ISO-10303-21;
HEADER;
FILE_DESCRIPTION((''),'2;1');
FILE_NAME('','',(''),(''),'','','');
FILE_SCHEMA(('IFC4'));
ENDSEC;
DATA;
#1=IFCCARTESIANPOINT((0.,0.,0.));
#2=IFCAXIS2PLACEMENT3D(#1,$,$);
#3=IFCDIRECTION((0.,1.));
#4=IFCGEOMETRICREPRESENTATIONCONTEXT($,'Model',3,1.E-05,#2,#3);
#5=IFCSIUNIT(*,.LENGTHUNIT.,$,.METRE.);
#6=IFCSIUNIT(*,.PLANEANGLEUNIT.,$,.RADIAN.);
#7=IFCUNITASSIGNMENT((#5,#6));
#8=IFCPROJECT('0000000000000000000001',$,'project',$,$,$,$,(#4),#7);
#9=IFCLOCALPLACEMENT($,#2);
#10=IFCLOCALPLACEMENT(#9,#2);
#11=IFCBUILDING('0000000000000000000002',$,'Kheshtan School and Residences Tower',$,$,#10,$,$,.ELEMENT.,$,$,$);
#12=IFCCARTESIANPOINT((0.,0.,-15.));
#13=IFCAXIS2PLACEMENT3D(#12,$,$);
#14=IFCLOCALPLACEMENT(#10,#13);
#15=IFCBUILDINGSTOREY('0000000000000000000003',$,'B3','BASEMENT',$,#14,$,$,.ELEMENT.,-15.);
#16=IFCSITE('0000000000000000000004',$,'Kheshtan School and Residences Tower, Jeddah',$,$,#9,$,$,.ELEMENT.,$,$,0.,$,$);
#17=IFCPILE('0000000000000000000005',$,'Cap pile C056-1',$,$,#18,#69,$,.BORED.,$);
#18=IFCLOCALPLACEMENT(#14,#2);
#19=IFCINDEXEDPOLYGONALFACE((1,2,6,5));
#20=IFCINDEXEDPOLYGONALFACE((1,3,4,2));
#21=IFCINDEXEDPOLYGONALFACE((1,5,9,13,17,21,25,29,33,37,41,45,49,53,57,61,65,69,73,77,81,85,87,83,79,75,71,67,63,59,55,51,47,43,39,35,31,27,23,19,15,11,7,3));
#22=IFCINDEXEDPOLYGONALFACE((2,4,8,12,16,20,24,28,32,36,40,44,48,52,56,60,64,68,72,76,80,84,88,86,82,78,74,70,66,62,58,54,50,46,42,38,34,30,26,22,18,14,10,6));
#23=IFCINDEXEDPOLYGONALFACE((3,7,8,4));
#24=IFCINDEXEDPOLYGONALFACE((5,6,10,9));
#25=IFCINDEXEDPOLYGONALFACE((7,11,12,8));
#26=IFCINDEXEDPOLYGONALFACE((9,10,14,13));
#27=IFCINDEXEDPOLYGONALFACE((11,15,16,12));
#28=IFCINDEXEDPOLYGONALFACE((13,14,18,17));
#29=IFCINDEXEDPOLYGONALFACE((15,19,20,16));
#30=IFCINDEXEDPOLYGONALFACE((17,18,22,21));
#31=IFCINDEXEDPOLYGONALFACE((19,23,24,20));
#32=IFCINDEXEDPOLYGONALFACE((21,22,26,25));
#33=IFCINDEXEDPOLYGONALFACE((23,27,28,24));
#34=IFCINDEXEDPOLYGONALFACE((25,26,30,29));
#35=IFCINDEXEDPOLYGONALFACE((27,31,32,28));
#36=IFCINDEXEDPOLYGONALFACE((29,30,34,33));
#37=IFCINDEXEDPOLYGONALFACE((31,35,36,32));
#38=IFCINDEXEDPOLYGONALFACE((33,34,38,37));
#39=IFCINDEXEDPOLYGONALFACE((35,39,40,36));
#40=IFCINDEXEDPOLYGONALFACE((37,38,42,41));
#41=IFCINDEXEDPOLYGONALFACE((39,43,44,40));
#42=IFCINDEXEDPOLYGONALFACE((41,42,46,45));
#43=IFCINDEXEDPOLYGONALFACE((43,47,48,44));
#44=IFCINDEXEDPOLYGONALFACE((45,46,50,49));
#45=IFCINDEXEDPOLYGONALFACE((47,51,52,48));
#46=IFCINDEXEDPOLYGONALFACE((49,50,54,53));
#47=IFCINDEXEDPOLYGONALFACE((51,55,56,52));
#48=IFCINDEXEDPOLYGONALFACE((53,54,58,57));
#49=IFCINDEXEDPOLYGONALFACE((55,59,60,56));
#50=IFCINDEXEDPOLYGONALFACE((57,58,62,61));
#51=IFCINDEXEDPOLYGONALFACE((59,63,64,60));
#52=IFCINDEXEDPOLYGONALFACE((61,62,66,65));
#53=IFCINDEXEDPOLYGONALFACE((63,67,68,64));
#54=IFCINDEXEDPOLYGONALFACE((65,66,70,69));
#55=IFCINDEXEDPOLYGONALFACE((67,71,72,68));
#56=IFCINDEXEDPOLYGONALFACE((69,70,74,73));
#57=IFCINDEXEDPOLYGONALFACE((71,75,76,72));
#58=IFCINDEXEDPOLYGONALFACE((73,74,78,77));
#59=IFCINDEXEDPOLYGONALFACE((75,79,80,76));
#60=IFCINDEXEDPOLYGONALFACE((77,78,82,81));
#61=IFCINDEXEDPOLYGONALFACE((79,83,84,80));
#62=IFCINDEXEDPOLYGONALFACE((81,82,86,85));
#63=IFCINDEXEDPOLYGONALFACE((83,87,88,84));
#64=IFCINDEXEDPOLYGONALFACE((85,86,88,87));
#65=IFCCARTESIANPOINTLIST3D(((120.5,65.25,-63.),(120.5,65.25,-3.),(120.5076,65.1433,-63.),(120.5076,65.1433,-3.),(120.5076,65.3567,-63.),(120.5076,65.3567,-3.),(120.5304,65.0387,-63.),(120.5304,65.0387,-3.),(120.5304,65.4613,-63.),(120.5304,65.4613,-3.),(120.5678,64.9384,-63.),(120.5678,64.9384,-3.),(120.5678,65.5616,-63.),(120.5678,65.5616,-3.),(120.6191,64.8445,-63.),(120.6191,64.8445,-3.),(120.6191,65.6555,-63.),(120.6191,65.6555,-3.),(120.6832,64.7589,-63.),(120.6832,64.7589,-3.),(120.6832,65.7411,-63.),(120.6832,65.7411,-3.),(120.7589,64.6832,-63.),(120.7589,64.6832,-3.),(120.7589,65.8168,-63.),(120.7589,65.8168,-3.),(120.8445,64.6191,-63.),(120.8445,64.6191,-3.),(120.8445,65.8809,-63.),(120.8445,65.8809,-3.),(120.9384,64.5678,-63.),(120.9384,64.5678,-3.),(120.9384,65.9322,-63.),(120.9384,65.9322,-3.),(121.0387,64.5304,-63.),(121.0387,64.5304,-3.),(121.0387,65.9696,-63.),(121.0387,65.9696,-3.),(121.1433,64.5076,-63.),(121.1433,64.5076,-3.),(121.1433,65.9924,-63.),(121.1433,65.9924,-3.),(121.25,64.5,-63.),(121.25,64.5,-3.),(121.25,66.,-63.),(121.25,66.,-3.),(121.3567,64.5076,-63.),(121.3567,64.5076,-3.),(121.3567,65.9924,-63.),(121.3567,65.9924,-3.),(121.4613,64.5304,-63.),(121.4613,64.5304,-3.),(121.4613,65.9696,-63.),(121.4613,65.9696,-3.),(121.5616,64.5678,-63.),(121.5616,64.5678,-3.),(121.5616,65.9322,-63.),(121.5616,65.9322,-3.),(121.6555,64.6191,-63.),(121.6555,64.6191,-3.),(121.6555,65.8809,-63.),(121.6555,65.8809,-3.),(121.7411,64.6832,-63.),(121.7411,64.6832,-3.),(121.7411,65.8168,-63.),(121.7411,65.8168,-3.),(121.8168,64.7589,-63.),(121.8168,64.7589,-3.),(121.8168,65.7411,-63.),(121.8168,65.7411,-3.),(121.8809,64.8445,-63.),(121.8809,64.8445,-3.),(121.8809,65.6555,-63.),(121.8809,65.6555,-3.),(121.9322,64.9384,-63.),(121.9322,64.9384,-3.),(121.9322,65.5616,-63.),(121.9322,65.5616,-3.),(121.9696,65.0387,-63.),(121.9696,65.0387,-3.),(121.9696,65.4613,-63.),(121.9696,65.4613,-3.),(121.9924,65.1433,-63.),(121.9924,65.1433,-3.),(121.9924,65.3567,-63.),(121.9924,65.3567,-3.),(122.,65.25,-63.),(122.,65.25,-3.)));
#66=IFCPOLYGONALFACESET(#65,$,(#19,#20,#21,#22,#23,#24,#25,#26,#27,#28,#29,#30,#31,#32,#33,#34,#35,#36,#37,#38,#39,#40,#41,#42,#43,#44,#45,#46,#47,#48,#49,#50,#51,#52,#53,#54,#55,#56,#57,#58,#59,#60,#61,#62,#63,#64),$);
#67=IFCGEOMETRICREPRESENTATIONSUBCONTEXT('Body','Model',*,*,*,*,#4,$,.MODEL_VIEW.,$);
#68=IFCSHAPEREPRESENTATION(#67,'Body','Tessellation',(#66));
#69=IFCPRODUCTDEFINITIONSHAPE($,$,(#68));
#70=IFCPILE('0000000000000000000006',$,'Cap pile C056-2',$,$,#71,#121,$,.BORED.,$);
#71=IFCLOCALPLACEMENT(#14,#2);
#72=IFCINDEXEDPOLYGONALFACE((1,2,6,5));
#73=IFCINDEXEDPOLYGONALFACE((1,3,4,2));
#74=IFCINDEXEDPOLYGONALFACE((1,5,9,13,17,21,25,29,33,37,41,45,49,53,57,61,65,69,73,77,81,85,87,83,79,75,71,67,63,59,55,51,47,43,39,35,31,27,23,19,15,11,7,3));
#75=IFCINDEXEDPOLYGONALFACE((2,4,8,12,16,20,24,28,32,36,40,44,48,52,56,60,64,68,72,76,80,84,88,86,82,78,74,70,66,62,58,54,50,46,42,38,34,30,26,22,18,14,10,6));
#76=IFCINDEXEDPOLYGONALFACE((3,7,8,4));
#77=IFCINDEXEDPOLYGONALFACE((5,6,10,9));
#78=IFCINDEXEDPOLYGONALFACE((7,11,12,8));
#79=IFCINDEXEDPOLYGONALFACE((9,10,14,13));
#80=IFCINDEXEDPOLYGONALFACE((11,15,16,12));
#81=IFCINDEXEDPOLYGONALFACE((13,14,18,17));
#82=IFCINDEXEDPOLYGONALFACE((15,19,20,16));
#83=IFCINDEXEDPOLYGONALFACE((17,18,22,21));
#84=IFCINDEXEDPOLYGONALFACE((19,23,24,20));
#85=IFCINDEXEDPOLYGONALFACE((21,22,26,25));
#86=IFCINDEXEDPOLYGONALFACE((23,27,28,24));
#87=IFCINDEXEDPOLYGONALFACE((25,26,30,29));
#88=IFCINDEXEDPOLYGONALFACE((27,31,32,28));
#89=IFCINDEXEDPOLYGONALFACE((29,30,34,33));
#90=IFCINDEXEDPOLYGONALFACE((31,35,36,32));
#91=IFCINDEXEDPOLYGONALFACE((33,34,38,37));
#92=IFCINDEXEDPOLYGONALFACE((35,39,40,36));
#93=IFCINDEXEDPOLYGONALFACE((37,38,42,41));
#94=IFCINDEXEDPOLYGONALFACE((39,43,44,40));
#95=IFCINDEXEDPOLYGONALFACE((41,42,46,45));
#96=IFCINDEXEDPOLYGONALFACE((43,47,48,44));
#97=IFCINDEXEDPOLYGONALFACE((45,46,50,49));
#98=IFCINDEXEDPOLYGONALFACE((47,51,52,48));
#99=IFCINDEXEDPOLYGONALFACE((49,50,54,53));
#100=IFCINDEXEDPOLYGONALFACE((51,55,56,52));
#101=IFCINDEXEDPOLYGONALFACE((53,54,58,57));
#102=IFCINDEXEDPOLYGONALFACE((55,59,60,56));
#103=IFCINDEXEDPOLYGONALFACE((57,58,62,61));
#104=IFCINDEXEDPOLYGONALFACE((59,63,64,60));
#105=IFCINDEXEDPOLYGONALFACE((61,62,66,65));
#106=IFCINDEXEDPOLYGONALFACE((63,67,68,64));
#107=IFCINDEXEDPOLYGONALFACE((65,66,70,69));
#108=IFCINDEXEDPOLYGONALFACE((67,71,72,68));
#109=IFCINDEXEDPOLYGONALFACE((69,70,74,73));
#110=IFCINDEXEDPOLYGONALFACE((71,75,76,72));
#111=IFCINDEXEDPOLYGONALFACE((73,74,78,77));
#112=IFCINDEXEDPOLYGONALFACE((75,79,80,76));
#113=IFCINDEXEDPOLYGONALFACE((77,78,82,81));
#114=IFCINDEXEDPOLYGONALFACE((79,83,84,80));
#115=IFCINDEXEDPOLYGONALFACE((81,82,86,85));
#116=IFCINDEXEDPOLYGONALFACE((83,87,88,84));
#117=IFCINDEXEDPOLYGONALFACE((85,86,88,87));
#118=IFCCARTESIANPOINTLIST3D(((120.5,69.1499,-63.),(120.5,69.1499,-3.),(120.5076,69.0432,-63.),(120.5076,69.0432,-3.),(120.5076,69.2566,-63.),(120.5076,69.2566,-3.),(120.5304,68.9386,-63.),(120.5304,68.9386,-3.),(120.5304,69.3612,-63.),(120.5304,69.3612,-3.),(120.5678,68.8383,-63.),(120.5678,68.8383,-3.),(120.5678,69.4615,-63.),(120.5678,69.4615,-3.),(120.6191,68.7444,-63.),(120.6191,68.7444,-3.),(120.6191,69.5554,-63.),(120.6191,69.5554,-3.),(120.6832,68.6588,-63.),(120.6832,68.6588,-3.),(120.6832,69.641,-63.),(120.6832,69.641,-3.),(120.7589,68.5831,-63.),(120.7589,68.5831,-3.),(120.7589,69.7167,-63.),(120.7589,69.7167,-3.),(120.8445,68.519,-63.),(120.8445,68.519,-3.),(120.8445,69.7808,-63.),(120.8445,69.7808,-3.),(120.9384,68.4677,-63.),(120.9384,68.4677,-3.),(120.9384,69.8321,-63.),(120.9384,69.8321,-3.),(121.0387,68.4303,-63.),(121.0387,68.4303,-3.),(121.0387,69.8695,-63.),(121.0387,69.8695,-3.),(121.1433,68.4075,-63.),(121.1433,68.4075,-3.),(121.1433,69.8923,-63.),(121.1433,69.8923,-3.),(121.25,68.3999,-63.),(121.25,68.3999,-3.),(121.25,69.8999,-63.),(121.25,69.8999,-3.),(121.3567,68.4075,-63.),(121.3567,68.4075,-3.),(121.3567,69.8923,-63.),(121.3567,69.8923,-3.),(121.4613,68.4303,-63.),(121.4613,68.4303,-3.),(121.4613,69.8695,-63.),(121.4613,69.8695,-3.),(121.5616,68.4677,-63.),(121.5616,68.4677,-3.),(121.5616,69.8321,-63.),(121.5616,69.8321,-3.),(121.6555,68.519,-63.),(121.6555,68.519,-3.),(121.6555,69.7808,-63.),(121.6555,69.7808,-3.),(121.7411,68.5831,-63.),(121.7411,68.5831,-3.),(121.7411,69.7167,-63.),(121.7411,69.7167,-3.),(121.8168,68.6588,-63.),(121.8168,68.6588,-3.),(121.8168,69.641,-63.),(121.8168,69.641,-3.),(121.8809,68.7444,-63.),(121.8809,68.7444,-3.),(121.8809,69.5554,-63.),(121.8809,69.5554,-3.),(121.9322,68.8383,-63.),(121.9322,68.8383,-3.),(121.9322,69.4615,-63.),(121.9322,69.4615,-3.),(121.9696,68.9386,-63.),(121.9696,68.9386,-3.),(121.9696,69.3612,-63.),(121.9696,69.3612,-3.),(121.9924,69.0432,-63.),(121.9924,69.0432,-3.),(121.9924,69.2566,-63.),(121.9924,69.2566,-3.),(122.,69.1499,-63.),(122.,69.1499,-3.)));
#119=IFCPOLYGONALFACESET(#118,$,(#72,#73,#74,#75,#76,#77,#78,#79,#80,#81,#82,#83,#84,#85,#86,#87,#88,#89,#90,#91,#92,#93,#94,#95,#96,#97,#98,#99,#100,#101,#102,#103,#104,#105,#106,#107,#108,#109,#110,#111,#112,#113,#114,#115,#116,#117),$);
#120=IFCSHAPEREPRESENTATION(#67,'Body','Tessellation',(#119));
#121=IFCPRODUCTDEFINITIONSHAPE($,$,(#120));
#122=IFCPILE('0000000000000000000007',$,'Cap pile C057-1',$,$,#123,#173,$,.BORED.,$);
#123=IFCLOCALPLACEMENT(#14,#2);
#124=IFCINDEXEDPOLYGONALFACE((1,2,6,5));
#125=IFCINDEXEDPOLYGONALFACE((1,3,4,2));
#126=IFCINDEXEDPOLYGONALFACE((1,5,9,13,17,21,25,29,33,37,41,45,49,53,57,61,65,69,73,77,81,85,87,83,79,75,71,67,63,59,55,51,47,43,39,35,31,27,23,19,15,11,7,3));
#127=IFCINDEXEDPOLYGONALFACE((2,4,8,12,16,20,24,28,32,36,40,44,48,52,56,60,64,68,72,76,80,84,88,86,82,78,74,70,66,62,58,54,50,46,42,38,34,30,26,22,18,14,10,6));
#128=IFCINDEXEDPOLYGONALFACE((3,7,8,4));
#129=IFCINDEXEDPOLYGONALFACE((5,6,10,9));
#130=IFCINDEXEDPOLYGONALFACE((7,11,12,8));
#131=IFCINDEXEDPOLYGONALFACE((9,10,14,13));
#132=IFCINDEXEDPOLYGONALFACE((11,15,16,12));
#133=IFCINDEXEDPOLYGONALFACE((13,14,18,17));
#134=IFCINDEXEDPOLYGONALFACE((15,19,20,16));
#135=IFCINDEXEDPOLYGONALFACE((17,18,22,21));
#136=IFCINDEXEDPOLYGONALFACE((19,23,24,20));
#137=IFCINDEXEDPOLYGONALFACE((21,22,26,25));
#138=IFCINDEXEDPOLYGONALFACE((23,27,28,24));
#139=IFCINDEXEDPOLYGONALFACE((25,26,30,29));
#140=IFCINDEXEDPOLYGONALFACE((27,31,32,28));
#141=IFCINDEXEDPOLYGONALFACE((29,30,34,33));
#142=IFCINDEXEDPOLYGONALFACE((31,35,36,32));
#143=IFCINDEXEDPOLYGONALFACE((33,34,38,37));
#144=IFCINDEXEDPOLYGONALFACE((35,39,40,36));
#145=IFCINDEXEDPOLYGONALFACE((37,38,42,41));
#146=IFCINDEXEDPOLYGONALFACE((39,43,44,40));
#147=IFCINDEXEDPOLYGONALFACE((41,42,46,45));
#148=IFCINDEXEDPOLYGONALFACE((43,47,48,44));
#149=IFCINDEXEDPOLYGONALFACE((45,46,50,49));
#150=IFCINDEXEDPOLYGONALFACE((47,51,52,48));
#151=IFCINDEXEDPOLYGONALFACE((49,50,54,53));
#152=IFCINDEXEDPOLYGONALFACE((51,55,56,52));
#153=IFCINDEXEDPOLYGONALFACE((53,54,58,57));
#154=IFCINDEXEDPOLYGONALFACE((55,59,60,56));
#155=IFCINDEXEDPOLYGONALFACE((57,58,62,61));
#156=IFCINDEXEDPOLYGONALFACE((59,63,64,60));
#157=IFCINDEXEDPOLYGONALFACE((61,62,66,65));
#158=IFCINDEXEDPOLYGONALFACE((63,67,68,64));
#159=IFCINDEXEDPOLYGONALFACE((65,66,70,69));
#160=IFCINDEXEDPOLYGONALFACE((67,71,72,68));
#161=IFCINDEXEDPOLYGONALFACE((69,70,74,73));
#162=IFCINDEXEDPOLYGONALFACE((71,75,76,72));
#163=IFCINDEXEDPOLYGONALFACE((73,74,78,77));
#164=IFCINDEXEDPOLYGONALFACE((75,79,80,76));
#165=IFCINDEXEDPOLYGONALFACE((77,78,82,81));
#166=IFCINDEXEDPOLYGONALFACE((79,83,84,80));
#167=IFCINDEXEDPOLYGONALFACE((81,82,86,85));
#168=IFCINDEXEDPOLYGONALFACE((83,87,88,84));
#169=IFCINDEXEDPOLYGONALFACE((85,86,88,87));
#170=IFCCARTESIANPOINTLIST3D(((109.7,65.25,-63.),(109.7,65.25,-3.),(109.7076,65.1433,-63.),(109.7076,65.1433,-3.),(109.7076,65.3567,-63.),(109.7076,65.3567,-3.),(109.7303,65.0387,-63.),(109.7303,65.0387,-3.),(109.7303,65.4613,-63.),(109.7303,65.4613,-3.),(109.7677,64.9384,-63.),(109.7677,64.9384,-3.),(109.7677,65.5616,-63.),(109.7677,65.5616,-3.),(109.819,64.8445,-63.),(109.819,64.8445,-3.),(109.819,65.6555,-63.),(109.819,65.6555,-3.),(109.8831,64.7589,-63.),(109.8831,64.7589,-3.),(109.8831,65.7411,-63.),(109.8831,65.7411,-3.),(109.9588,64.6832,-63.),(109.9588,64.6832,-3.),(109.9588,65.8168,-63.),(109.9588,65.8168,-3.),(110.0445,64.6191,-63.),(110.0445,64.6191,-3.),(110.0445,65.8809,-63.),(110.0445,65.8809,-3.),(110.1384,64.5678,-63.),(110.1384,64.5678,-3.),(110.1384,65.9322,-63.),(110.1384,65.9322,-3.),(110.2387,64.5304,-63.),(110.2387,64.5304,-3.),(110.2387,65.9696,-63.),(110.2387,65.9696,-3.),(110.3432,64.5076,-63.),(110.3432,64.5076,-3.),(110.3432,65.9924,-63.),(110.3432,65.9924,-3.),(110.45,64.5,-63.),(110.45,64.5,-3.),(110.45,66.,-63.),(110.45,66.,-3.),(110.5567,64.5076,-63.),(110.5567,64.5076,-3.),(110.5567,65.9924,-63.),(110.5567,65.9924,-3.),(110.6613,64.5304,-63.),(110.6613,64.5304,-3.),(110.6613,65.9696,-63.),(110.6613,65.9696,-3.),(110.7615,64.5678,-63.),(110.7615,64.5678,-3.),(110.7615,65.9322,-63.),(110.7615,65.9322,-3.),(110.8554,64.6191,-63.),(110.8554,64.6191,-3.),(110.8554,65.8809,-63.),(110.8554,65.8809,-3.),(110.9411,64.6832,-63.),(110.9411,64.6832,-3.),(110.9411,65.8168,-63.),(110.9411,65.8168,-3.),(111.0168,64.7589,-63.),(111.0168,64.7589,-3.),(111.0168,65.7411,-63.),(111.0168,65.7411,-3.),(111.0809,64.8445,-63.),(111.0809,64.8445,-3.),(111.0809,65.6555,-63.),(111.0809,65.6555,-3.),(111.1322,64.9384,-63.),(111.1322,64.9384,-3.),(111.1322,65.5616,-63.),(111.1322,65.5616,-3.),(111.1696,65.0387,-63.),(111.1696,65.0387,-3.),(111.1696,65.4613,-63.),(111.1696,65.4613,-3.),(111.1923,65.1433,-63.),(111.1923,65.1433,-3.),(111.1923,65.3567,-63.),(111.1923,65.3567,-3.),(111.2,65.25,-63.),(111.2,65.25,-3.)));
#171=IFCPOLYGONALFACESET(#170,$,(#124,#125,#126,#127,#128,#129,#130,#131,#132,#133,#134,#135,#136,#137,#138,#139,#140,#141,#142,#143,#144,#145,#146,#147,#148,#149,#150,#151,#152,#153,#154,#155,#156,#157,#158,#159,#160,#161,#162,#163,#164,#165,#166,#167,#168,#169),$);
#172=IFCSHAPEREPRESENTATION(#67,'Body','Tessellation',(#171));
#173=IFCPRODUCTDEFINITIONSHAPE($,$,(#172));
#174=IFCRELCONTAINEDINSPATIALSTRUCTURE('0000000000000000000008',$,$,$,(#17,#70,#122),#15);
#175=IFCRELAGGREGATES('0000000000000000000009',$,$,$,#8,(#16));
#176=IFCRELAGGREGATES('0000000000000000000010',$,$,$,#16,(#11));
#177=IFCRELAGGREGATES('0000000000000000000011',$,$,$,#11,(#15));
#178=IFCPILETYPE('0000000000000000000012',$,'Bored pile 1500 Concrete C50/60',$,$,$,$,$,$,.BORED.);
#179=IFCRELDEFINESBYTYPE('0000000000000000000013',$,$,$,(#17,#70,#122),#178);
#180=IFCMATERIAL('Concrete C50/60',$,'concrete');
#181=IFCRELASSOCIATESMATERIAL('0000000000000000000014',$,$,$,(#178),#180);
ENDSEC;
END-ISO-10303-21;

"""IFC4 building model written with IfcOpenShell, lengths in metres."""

from ifc_helpers import new_model, si_unit, direction, frame, origin, origin_2d, place, context, subcontext, project, spatial, circle, extrude, material, material_profile, profile_set, type_object, element, save


model = new_model("IFC4")

# Units and contexts
model_context = context("Model", 3, precision=1e-05, world=origin(), true_north=direction((0.0, 1.0)))
body_context = subcontext(model_context, "Body", "Model", "MODEL_VIEW")
ifc_project = project(units=[si_unit("LENGTHUNIT", "METRE"), si_unit("PLANEANGLEUNIT", "RADIAN")], contexts=[model_context])

# Site, building, storey
site_placement = place(None, origin())
site = spatial("IfcSite", under=ifc_project, at=site_placement, Name="Kheshtan School and Residences Tower, Jeddah", CompositionType="ELEMENT", RefElevation=0.0)
building_placement = place(site_placement, origin())
building = spatial("IfcBuilding", under=site, at=building_placement, Name="Kheshtan School and Residences Tower", CompositionType="ELEMENT")
storey_placement = place(building_placement, frame((0.0, 0.0, -15.0)))
storey = spatial("IfcBuildingStorey", under=building, at=storey_placement, Name="B3", Description="BASEMENT", CompositionType="ELEMENT", Elevation=-15.0)

# Piles
ifc_material_1 = material(Name="Concrete C50/60", Category="concrete")
ifc_material_profile_1 = material_profile(ifc_material_1, circle(Radius=0.75, at=origin_2d()), Name="BP 1500")
ifc_profile_set_1 = profile_set([ifc_material_profile_1], Name="Concrete C50/60")
pile_type = type_object("IfcPileType", Name="Bored pile 1500 Concrete C50/60", PredefinedType="BORED", material=ifc_profile_set_1)
for number, where, z_axis, x_axis, name in (
    (1, (121.25, 65.25, -3.0), (0.0, 0.0, -1.0), (1.0, 0.0, 0.0), "Cap pile C056-1"),
    (2, (121.25, 69.1499, -3.0), (0.0, 0.0, -1.0), (1.0, 0.0, 0.0), "Cap pile C056-2"),
    (3, (110.45, 65.25, -3.0), (0.0, 0.0, -1.0), (1.0, 0.0, 0.0), "Cap pile C057-1"),
):
    element("IfcPile", number, at=place(storey_placement, frame(where, z_axis=z_axis, x_axis=x_axis)), inside=storey, type_object=pile_type, Name=name, PredefinedType="BORED", context=body_context, shape_type="SweptSolid", body=[
        extrude(circle(Radius=0.75, at=origin_2d()), origin(), (0.0, 0.0, 1.0), 60.0),
    ])

save(model, "model.ifc")
